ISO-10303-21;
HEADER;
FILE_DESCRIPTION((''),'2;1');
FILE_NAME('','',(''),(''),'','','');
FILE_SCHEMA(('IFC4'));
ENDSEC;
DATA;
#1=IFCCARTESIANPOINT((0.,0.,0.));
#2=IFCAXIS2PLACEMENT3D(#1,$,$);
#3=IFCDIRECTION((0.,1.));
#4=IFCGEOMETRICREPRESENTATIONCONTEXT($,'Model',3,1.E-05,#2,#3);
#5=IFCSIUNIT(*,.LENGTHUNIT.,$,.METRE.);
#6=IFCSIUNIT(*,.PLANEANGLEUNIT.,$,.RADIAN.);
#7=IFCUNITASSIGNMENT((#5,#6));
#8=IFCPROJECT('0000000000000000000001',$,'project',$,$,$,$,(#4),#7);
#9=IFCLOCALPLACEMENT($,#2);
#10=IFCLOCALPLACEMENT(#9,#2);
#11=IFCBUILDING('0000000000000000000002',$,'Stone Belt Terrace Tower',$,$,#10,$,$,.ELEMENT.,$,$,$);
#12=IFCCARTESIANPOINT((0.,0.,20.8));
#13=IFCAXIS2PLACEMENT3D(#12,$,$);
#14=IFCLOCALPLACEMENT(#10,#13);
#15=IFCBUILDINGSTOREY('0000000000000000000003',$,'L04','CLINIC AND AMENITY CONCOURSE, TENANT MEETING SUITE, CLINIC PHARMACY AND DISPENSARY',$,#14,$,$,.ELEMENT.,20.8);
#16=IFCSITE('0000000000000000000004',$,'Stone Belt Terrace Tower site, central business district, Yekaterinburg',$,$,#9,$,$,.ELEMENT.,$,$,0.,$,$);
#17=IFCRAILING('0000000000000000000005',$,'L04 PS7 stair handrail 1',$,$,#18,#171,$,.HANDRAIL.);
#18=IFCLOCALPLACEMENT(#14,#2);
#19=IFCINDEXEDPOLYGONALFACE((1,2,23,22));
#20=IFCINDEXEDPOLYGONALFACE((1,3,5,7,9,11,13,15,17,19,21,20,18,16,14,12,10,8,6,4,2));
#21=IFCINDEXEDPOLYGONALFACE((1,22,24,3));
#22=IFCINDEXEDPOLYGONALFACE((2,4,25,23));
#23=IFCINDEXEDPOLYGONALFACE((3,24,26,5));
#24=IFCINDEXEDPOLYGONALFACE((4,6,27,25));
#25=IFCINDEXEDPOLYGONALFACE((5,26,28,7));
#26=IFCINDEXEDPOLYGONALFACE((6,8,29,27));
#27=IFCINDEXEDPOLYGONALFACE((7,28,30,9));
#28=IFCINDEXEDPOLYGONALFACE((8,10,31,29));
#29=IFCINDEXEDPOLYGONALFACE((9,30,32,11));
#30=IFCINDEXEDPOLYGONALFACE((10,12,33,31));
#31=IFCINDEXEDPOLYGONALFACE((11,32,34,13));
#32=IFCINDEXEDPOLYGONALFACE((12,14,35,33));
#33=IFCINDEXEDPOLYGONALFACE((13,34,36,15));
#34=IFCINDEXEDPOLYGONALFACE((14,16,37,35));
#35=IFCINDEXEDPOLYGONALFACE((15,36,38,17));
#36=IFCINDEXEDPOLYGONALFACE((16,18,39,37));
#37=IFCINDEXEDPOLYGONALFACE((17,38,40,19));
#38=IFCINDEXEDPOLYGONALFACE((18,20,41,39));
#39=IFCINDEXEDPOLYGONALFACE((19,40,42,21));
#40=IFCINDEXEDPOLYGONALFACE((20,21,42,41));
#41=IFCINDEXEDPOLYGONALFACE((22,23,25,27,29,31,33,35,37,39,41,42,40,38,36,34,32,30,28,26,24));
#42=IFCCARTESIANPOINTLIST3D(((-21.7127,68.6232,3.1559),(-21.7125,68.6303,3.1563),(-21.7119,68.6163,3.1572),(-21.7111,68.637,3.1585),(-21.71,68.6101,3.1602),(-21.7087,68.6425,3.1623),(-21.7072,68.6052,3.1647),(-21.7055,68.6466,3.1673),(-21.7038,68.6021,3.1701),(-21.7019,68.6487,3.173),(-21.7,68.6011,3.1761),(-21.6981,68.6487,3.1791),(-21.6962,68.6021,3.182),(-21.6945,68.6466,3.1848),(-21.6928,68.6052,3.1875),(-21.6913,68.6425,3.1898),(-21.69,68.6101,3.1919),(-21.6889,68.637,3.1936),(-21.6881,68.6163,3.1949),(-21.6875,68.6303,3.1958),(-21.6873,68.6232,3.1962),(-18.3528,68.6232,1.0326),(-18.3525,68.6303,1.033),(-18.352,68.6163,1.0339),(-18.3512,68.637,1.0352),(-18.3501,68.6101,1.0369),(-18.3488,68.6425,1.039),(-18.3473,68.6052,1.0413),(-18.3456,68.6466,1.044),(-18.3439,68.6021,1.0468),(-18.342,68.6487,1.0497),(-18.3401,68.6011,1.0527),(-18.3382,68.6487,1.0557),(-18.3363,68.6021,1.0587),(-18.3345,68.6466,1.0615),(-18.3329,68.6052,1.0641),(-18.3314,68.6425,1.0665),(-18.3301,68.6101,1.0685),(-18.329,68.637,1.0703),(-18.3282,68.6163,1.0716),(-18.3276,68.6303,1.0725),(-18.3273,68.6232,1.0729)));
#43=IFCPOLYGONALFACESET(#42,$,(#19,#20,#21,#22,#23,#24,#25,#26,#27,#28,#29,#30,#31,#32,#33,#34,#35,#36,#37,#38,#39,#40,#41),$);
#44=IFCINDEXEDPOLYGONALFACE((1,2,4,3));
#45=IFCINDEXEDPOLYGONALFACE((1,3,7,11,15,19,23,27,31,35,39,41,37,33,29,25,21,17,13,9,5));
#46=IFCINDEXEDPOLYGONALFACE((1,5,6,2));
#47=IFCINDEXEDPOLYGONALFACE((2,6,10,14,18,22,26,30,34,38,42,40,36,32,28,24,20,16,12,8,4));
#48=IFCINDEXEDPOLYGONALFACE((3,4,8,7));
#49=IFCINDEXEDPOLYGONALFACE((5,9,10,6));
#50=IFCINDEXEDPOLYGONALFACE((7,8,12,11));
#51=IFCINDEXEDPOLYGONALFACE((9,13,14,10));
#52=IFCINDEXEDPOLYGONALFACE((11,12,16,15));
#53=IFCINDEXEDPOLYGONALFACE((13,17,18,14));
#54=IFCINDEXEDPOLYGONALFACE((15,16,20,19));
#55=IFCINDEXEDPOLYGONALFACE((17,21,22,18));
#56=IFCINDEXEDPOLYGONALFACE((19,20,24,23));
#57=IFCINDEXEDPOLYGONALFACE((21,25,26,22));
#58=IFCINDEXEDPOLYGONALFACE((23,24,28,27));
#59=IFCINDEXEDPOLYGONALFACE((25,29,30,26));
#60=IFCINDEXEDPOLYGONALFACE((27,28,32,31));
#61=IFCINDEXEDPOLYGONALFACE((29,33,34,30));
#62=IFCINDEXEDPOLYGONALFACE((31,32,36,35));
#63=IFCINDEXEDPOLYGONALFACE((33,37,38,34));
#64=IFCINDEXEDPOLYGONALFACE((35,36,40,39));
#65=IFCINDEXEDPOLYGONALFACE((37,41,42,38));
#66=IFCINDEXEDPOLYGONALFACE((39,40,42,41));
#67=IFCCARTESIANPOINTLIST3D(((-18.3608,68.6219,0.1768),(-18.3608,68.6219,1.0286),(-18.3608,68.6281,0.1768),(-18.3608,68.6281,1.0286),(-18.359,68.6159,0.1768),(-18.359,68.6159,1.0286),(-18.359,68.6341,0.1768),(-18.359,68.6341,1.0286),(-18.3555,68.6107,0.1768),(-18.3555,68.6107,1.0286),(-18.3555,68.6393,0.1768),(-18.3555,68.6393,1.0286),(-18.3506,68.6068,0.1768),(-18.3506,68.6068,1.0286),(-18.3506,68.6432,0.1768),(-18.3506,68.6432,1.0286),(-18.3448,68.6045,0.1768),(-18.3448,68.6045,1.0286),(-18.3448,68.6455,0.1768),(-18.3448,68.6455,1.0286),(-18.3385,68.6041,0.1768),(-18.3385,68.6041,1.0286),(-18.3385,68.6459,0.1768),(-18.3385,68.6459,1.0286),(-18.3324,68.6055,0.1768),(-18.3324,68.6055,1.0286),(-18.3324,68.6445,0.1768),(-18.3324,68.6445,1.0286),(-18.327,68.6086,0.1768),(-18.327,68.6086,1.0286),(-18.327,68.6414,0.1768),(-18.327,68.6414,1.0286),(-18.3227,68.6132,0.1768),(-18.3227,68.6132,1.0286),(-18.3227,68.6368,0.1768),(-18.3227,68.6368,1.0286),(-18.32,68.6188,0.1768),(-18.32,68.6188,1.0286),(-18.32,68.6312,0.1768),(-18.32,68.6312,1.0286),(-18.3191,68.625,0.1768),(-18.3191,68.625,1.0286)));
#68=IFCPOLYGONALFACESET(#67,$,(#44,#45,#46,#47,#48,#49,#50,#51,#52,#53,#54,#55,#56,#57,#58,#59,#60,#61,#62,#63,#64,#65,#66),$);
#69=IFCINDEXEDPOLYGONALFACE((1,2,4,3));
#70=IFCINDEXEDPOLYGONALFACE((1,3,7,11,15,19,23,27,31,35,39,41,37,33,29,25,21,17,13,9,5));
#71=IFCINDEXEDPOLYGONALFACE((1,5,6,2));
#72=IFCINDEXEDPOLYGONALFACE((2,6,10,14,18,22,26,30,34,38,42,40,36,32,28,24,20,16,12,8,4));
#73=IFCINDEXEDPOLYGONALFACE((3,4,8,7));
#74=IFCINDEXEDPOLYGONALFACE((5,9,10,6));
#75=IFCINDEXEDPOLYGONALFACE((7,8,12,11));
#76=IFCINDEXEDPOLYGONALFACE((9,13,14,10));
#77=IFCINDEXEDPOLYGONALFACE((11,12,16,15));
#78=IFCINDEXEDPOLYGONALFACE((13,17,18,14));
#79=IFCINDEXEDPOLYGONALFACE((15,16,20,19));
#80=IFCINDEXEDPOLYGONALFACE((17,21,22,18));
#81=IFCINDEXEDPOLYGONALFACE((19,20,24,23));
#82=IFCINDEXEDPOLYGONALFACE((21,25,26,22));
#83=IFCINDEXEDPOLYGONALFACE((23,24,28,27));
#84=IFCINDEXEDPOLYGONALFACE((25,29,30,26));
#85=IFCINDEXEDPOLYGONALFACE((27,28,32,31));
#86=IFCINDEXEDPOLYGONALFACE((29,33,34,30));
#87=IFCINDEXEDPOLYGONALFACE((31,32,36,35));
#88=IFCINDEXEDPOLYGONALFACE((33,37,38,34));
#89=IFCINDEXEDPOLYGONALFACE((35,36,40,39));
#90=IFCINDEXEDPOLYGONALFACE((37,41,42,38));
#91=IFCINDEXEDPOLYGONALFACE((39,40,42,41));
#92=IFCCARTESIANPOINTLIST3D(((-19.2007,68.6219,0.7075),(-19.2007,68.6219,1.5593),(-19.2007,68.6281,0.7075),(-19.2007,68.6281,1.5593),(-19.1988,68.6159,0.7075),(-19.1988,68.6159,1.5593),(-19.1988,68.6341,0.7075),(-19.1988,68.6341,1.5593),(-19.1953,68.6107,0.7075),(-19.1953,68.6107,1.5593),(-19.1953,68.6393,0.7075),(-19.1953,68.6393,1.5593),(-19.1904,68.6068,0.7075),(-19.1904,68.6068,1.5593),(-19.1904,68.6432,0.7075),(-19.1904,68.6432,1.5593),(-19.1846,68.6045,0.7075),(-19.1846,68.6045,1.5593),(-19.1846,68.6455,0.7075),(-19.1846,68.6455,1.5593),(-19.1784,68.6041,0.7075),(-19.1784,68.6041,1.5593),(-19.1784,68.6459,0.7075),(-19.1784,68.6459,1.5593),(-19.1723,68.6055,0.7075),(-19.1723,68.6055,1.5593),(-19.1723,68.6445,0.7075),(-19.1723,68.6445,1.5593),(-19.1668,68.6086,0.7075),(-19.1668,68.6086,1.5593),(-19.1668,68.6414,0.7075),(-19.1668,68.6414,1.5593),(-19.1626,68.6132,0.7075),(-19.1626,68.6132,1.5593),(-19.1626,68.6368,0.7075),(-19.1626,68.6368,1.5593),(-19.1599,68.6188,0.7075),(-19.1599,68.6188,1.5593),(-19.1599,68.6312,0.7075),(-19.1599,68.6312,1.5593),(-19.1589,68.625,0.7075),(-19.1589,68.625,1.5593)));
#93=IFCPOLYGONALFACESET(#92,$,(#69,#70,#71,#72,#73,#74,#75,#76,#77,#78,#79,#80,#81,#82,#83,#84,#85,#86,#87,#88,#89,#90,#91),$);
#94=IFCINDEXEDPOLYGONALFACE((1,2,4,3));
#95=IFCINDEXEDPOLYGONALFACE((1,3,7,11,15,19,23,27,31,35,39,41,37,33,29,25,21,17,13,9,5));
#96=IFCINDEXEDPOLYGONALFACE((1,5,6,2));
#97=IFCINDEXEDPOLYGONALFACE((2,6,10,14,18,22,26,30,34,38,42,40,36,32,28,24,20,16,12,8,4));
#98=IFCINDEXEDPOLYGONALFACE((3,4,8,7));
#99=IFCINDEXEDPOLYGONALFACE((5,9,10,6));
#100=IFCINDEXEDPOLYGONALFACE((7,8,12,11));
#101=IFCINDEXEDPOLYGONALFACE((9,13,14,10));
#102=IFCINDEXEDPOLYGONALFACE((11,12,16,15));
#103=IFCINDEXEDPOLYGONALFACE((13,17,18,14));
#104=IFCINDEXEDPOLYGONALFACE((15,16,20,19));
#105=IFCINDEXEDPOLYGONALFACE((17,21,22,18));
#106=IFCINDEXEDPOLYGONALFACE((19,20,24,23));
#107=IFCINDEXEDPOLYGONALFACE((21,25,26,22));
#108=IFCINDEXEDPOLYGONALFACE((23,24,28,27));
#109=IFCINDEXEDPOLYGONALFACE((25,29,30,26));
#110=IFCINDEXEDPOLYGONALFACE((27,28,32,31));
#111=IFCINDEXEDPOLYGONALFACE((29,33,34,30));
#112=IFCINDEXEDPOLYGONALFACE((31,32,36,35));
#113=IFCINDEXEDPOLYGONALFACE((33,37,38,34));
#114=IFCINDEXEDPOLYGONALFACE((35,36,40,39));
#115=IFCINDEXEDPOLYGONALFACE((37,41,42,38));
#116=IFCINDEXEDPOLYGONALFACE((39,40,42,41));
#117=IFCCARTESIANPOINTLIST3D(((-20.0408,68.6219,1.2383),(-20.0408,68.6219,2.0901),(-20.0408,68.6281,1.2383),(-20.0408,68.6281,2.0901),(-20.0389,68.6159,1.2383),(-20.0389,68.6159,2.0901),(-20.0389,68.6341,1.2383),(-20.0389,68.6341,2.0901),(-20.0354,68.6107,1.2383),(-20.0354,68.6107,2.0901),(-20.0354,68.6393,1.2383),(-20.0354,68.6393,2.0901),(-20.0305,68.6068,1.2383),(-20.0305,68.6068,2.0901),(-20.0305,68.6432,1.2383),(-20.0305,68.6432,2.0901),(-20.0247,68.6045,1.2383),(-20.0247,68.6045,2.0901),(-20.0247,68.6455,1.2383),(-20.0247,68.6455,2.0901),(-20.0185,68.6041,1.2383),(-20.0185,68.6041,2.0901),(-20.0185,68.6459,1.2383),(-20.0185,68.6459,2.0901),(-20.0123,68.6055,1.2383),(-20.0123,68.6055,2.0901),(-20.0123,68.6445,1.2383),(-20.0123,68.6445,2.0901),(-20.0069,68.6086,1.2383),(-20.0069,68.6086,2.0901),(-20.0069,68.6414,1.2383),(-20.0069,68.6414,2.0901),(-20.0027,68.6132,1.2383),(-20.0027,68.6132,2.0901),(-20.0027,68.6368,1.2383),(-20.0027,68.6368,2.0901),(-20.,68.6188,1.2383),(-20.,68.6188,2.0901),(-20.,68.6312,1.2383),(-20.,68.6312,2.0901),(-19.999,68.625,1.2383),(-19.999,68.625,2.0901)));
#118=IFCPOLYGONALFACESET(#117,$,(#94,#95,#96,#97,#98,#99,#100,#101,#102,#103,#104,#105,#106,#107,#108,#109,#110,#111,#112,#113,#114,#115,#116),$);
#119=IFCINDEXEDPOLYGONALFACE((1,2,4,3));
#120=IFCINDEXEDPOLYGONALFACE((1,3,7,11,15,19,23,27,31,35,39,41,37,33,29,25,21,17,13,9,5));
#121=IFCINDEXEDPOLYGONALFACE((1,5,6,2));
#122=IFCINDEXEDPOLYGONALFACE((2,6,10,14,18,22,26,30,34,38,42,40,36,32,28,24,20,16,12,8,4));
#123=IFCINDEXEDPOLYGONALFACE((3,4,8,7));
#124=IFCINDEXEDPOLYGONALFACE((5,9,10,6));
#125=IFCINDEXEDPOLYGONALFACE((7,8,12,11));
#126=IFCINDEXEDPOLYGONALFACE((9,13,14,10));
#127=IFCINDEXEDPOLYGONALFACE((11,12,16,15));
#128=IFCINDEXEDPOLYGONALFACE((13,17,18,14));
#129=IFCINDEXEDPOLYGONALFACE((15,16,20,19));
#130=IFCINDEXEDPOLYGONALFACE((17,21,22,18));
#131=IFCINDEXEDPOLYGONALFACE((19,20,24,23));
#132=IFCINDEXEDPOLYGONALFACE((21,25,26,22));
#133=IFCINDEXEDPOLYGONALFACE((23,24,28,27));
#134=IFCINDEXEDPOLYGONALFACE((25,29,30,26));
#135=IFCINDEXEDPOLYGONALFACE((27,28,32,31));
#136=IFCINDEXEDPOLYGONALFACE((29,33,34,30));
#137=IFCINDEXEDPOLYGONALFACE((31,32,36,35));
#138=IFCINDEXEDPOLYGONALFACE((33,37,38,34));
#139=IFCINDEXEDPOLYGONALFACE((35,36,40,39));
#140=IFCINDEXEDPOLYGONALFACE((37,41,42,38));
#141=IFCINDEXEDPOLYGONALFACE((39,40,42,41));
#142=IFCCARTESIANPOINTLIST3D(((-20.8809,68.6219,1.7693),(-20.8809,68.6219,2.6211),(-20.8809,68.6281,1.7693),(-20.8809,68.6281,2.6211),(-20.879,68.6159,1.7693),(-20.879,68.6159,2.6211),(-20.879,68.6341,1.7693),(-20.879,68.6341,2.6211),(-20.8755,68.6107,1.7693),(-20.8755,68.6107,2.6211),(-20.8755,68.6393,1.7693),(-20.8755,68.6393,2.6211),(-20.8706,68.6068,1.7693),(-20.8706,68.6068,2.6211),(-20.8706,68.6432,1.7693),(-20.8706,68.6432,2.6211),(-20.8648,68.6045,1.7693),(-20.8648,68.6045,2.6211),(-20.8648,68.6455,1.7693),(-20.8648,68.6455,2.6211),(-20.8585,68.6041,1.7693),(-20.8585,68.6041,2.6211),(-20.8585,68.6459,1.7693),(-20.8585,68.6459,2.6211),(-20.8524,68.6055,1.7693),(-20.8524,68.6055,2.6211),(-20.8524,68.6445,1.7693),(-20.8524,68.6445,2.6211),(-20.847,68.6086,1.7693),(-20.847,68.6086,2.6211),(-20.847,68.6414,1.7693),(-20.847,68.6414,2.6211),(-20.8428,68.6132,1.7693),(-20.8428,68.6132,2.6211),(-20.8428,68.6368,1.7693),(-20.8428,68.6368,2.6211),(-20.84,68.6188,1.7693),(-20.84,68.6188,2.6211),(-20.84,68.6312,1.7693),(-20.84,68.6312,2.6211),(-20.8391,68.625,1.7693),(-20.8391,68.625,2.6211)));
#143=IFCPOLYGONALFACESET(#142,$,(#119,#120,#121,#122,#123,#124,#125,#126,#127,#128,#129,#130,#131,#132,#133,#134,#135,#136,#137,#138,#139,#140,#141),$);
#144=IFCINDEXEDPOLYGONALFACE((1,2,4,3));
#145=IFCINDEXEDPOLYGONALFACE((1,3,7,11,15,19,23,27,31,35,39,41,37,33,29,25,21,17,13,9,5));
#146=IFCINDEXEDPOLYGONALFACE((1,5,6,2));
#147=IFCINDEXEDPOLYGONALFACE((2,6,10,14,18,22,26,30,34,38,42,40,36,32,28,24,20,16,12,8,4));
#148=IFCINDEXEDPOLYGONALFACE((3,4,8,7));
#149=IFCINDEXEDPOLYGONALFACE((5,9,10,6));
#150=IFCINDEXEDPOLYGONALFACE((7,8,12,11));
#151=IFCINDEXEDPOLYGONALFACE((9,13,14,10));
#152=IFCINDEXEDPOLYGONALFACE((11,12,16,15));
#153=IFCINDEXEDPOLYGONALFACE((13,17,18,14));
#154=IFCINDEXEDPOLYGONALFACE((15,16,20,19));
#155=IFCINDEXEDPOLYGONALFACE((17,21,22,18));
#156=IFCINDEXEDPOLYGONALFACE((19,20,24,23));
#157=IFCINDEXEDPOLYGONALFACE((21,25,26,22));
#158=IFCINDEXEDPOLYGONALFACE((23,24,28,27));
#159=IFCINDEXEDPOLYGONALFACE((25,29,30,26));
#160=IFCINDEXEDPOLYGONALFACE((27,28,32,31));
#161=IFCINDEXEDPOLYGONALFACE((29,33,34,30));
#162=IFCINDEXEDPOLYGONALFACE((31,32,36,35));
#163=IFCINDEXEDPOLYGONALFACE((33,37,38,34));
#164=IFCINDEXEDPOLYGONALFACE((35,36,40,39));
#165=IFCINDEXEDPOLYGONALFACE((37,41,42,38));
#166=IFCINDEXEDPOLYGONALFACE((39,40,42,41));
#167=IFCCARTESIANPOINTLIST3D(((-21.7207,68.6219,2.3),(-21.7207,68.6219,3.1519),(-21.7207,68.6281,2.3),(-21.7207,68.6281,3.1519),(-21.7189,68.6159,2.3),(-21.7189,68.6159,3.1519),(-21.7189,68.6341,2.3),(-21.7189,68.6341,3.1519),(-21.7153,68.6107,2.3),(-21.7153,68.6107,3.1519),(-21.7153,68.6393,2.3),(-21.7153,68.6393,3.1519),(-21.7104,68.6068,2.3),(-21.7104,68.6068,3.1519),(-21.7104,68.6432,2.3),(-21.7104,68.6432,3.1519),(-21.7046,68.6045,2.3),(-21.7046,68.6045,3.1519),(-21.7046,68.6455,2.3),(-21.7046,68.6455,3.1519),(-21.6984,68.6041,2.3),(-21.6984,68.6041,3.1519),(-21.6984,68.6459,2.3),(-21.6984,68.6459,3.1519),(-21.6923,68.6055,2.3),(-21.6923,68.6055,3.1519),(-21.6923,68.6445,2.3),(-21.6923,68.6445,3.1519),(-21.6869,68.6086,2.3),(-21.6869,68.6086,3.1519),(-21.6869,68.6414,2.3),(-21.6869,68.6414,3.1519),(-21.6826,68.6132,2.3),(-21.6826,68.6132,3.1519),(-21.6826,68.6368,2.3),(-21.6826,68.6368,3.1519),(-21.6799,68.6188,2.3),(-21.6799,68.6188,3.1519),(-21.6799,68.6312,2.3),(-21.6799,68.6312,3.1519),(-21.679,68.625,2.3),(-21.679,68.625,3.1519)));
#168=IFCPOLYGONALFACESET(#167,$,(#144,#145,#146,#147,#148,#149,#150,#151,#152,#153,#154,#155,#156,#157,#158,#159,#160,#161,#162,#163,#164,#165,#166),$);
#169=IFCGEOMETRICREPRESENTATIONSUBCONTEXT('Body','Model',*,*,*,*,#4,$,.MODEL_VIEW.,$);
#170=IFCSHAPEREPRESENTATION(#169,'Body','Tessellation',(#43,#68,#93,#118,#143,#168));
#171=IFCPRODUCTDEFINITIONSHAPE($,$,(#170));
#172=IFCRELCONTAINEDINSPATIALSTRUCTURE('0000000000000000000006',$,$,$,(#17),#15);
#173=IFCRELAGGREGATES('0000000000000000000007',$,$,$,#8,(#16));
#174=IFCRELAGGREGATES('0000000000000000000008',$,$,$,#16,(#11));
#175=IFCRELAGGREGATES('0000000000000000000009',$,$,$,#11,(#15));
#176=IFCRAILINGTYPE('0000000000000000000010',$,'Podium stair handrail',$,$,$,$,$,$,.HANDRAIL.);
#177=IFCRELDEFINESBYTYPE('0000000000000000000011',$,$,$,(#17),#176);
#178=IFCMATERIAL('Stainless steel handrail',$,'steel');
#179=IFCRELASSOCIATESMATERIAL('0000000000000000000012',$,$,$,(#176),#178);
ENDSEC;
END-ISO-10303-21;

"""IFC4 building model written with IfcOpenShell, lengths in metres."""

from ifc_helpers import new_model, si_unit, direction, frame, origin, origin_2d, place, context, subcontext, project, spatial, circle, extrude, material, type_object, element, save


model = new_model("IFC4")

# Units and contexts
model_context = context("Model", 3, precision=1e-05, world=origin(), true_north=direction((0.0, 1.0)))
body_context = subcontext(model_context, "Body", "Model", "MODEL_VIEW")
ifc_project = project(units=[si_unit("LENGTHUNIT", "METRE"), si_unit("PLANEANGLEUNIT", "RADIAN")], contexts=[model_context])

# Site, building, storey
site_placement = place(None, origin())
site = spatial("IfcSite", under=ifc_project, at=site_placement, Name="Stone Belt Terrace Tower site, central business district, Yekaterinburg", CompositionType="ELEMENT", RefElevation=0.0)
building_placement = place(site_placement, origin())
building = spatial("IfcBuilding", under=site, at=building_placement, Name="Stone Belt Terrace Tower", CompositionType="ELEMENT")
storey_placement = place(building_placement, frame((0.0, 0.0, 20.8)))
storey = spatial("IfcBuildingStorey", under=building, at=storey_placement, Name="L04", Description="CLINIC AND AMENITY CONCOURSE, TENANT MEETING SUITE, CLINIC PHARMACY AND DISPENSARY", CompositionType="ELEMENT", Elevation=20.8)

# Railing
ifc_material_1 = material(Name="Stainless steel handrail", Category="steel")
railing_type_1 = type_object("IfcRailingType", Name="Podium stair handrail", PredefinedType="HANDRAIL", material=ifc_material_1)
railing_1_placement = place(storey_placement, frame((-18.3401, 68.625, 0.1768)))
element("IfcRailing", 1, at=railing_1_placement, inside=storey, type_object=railing_type_1, Name="L04 PS7 stair handrail 1", PredefinedType="HANDRAIL", context=body_context, shape_type="SweptSolid", body=[
    extrude(circle(Radius=0.0239, at=origin_2d()), frame((0.0, 0.0, 0.876), z_axis=(-0.845344, 0.0, 0.534222), x_axis=(0.0, -1.0, 0.0)), (0.0, 0.0, 1.0), 3.9746),
    extrude(circle(Radius=0.021, at=origin_2d()), origin(), (0.0, 0.0, 1.0), 0.8518),
    extrude(circle(Radius=0.021, at=origin_2d()), frame((-0.8398, 0.0, 0.5308)), (0.0, 0.0, 1.0), 0.8518),
    extrude(circle(Radius=0.021, at=origin_2d()), frame((-1.6799, 0.0, 1.0615)), (0.0, 0.0, 1.0), 0.8518),
    extrude(circle(Radius=0.021, at=origin_2d()), frame((-2.52, 0.0, 1.5925)), (0.0, 0.0, 1.0), 0.8518),
    extrude(circle(Radius=0.021, at=origin_2d()), frame((-3.3599, 0.0, 2.1233)), (0.0, 0.0, 1.0), 0.8518),
])

save(model, "model.ifc")
